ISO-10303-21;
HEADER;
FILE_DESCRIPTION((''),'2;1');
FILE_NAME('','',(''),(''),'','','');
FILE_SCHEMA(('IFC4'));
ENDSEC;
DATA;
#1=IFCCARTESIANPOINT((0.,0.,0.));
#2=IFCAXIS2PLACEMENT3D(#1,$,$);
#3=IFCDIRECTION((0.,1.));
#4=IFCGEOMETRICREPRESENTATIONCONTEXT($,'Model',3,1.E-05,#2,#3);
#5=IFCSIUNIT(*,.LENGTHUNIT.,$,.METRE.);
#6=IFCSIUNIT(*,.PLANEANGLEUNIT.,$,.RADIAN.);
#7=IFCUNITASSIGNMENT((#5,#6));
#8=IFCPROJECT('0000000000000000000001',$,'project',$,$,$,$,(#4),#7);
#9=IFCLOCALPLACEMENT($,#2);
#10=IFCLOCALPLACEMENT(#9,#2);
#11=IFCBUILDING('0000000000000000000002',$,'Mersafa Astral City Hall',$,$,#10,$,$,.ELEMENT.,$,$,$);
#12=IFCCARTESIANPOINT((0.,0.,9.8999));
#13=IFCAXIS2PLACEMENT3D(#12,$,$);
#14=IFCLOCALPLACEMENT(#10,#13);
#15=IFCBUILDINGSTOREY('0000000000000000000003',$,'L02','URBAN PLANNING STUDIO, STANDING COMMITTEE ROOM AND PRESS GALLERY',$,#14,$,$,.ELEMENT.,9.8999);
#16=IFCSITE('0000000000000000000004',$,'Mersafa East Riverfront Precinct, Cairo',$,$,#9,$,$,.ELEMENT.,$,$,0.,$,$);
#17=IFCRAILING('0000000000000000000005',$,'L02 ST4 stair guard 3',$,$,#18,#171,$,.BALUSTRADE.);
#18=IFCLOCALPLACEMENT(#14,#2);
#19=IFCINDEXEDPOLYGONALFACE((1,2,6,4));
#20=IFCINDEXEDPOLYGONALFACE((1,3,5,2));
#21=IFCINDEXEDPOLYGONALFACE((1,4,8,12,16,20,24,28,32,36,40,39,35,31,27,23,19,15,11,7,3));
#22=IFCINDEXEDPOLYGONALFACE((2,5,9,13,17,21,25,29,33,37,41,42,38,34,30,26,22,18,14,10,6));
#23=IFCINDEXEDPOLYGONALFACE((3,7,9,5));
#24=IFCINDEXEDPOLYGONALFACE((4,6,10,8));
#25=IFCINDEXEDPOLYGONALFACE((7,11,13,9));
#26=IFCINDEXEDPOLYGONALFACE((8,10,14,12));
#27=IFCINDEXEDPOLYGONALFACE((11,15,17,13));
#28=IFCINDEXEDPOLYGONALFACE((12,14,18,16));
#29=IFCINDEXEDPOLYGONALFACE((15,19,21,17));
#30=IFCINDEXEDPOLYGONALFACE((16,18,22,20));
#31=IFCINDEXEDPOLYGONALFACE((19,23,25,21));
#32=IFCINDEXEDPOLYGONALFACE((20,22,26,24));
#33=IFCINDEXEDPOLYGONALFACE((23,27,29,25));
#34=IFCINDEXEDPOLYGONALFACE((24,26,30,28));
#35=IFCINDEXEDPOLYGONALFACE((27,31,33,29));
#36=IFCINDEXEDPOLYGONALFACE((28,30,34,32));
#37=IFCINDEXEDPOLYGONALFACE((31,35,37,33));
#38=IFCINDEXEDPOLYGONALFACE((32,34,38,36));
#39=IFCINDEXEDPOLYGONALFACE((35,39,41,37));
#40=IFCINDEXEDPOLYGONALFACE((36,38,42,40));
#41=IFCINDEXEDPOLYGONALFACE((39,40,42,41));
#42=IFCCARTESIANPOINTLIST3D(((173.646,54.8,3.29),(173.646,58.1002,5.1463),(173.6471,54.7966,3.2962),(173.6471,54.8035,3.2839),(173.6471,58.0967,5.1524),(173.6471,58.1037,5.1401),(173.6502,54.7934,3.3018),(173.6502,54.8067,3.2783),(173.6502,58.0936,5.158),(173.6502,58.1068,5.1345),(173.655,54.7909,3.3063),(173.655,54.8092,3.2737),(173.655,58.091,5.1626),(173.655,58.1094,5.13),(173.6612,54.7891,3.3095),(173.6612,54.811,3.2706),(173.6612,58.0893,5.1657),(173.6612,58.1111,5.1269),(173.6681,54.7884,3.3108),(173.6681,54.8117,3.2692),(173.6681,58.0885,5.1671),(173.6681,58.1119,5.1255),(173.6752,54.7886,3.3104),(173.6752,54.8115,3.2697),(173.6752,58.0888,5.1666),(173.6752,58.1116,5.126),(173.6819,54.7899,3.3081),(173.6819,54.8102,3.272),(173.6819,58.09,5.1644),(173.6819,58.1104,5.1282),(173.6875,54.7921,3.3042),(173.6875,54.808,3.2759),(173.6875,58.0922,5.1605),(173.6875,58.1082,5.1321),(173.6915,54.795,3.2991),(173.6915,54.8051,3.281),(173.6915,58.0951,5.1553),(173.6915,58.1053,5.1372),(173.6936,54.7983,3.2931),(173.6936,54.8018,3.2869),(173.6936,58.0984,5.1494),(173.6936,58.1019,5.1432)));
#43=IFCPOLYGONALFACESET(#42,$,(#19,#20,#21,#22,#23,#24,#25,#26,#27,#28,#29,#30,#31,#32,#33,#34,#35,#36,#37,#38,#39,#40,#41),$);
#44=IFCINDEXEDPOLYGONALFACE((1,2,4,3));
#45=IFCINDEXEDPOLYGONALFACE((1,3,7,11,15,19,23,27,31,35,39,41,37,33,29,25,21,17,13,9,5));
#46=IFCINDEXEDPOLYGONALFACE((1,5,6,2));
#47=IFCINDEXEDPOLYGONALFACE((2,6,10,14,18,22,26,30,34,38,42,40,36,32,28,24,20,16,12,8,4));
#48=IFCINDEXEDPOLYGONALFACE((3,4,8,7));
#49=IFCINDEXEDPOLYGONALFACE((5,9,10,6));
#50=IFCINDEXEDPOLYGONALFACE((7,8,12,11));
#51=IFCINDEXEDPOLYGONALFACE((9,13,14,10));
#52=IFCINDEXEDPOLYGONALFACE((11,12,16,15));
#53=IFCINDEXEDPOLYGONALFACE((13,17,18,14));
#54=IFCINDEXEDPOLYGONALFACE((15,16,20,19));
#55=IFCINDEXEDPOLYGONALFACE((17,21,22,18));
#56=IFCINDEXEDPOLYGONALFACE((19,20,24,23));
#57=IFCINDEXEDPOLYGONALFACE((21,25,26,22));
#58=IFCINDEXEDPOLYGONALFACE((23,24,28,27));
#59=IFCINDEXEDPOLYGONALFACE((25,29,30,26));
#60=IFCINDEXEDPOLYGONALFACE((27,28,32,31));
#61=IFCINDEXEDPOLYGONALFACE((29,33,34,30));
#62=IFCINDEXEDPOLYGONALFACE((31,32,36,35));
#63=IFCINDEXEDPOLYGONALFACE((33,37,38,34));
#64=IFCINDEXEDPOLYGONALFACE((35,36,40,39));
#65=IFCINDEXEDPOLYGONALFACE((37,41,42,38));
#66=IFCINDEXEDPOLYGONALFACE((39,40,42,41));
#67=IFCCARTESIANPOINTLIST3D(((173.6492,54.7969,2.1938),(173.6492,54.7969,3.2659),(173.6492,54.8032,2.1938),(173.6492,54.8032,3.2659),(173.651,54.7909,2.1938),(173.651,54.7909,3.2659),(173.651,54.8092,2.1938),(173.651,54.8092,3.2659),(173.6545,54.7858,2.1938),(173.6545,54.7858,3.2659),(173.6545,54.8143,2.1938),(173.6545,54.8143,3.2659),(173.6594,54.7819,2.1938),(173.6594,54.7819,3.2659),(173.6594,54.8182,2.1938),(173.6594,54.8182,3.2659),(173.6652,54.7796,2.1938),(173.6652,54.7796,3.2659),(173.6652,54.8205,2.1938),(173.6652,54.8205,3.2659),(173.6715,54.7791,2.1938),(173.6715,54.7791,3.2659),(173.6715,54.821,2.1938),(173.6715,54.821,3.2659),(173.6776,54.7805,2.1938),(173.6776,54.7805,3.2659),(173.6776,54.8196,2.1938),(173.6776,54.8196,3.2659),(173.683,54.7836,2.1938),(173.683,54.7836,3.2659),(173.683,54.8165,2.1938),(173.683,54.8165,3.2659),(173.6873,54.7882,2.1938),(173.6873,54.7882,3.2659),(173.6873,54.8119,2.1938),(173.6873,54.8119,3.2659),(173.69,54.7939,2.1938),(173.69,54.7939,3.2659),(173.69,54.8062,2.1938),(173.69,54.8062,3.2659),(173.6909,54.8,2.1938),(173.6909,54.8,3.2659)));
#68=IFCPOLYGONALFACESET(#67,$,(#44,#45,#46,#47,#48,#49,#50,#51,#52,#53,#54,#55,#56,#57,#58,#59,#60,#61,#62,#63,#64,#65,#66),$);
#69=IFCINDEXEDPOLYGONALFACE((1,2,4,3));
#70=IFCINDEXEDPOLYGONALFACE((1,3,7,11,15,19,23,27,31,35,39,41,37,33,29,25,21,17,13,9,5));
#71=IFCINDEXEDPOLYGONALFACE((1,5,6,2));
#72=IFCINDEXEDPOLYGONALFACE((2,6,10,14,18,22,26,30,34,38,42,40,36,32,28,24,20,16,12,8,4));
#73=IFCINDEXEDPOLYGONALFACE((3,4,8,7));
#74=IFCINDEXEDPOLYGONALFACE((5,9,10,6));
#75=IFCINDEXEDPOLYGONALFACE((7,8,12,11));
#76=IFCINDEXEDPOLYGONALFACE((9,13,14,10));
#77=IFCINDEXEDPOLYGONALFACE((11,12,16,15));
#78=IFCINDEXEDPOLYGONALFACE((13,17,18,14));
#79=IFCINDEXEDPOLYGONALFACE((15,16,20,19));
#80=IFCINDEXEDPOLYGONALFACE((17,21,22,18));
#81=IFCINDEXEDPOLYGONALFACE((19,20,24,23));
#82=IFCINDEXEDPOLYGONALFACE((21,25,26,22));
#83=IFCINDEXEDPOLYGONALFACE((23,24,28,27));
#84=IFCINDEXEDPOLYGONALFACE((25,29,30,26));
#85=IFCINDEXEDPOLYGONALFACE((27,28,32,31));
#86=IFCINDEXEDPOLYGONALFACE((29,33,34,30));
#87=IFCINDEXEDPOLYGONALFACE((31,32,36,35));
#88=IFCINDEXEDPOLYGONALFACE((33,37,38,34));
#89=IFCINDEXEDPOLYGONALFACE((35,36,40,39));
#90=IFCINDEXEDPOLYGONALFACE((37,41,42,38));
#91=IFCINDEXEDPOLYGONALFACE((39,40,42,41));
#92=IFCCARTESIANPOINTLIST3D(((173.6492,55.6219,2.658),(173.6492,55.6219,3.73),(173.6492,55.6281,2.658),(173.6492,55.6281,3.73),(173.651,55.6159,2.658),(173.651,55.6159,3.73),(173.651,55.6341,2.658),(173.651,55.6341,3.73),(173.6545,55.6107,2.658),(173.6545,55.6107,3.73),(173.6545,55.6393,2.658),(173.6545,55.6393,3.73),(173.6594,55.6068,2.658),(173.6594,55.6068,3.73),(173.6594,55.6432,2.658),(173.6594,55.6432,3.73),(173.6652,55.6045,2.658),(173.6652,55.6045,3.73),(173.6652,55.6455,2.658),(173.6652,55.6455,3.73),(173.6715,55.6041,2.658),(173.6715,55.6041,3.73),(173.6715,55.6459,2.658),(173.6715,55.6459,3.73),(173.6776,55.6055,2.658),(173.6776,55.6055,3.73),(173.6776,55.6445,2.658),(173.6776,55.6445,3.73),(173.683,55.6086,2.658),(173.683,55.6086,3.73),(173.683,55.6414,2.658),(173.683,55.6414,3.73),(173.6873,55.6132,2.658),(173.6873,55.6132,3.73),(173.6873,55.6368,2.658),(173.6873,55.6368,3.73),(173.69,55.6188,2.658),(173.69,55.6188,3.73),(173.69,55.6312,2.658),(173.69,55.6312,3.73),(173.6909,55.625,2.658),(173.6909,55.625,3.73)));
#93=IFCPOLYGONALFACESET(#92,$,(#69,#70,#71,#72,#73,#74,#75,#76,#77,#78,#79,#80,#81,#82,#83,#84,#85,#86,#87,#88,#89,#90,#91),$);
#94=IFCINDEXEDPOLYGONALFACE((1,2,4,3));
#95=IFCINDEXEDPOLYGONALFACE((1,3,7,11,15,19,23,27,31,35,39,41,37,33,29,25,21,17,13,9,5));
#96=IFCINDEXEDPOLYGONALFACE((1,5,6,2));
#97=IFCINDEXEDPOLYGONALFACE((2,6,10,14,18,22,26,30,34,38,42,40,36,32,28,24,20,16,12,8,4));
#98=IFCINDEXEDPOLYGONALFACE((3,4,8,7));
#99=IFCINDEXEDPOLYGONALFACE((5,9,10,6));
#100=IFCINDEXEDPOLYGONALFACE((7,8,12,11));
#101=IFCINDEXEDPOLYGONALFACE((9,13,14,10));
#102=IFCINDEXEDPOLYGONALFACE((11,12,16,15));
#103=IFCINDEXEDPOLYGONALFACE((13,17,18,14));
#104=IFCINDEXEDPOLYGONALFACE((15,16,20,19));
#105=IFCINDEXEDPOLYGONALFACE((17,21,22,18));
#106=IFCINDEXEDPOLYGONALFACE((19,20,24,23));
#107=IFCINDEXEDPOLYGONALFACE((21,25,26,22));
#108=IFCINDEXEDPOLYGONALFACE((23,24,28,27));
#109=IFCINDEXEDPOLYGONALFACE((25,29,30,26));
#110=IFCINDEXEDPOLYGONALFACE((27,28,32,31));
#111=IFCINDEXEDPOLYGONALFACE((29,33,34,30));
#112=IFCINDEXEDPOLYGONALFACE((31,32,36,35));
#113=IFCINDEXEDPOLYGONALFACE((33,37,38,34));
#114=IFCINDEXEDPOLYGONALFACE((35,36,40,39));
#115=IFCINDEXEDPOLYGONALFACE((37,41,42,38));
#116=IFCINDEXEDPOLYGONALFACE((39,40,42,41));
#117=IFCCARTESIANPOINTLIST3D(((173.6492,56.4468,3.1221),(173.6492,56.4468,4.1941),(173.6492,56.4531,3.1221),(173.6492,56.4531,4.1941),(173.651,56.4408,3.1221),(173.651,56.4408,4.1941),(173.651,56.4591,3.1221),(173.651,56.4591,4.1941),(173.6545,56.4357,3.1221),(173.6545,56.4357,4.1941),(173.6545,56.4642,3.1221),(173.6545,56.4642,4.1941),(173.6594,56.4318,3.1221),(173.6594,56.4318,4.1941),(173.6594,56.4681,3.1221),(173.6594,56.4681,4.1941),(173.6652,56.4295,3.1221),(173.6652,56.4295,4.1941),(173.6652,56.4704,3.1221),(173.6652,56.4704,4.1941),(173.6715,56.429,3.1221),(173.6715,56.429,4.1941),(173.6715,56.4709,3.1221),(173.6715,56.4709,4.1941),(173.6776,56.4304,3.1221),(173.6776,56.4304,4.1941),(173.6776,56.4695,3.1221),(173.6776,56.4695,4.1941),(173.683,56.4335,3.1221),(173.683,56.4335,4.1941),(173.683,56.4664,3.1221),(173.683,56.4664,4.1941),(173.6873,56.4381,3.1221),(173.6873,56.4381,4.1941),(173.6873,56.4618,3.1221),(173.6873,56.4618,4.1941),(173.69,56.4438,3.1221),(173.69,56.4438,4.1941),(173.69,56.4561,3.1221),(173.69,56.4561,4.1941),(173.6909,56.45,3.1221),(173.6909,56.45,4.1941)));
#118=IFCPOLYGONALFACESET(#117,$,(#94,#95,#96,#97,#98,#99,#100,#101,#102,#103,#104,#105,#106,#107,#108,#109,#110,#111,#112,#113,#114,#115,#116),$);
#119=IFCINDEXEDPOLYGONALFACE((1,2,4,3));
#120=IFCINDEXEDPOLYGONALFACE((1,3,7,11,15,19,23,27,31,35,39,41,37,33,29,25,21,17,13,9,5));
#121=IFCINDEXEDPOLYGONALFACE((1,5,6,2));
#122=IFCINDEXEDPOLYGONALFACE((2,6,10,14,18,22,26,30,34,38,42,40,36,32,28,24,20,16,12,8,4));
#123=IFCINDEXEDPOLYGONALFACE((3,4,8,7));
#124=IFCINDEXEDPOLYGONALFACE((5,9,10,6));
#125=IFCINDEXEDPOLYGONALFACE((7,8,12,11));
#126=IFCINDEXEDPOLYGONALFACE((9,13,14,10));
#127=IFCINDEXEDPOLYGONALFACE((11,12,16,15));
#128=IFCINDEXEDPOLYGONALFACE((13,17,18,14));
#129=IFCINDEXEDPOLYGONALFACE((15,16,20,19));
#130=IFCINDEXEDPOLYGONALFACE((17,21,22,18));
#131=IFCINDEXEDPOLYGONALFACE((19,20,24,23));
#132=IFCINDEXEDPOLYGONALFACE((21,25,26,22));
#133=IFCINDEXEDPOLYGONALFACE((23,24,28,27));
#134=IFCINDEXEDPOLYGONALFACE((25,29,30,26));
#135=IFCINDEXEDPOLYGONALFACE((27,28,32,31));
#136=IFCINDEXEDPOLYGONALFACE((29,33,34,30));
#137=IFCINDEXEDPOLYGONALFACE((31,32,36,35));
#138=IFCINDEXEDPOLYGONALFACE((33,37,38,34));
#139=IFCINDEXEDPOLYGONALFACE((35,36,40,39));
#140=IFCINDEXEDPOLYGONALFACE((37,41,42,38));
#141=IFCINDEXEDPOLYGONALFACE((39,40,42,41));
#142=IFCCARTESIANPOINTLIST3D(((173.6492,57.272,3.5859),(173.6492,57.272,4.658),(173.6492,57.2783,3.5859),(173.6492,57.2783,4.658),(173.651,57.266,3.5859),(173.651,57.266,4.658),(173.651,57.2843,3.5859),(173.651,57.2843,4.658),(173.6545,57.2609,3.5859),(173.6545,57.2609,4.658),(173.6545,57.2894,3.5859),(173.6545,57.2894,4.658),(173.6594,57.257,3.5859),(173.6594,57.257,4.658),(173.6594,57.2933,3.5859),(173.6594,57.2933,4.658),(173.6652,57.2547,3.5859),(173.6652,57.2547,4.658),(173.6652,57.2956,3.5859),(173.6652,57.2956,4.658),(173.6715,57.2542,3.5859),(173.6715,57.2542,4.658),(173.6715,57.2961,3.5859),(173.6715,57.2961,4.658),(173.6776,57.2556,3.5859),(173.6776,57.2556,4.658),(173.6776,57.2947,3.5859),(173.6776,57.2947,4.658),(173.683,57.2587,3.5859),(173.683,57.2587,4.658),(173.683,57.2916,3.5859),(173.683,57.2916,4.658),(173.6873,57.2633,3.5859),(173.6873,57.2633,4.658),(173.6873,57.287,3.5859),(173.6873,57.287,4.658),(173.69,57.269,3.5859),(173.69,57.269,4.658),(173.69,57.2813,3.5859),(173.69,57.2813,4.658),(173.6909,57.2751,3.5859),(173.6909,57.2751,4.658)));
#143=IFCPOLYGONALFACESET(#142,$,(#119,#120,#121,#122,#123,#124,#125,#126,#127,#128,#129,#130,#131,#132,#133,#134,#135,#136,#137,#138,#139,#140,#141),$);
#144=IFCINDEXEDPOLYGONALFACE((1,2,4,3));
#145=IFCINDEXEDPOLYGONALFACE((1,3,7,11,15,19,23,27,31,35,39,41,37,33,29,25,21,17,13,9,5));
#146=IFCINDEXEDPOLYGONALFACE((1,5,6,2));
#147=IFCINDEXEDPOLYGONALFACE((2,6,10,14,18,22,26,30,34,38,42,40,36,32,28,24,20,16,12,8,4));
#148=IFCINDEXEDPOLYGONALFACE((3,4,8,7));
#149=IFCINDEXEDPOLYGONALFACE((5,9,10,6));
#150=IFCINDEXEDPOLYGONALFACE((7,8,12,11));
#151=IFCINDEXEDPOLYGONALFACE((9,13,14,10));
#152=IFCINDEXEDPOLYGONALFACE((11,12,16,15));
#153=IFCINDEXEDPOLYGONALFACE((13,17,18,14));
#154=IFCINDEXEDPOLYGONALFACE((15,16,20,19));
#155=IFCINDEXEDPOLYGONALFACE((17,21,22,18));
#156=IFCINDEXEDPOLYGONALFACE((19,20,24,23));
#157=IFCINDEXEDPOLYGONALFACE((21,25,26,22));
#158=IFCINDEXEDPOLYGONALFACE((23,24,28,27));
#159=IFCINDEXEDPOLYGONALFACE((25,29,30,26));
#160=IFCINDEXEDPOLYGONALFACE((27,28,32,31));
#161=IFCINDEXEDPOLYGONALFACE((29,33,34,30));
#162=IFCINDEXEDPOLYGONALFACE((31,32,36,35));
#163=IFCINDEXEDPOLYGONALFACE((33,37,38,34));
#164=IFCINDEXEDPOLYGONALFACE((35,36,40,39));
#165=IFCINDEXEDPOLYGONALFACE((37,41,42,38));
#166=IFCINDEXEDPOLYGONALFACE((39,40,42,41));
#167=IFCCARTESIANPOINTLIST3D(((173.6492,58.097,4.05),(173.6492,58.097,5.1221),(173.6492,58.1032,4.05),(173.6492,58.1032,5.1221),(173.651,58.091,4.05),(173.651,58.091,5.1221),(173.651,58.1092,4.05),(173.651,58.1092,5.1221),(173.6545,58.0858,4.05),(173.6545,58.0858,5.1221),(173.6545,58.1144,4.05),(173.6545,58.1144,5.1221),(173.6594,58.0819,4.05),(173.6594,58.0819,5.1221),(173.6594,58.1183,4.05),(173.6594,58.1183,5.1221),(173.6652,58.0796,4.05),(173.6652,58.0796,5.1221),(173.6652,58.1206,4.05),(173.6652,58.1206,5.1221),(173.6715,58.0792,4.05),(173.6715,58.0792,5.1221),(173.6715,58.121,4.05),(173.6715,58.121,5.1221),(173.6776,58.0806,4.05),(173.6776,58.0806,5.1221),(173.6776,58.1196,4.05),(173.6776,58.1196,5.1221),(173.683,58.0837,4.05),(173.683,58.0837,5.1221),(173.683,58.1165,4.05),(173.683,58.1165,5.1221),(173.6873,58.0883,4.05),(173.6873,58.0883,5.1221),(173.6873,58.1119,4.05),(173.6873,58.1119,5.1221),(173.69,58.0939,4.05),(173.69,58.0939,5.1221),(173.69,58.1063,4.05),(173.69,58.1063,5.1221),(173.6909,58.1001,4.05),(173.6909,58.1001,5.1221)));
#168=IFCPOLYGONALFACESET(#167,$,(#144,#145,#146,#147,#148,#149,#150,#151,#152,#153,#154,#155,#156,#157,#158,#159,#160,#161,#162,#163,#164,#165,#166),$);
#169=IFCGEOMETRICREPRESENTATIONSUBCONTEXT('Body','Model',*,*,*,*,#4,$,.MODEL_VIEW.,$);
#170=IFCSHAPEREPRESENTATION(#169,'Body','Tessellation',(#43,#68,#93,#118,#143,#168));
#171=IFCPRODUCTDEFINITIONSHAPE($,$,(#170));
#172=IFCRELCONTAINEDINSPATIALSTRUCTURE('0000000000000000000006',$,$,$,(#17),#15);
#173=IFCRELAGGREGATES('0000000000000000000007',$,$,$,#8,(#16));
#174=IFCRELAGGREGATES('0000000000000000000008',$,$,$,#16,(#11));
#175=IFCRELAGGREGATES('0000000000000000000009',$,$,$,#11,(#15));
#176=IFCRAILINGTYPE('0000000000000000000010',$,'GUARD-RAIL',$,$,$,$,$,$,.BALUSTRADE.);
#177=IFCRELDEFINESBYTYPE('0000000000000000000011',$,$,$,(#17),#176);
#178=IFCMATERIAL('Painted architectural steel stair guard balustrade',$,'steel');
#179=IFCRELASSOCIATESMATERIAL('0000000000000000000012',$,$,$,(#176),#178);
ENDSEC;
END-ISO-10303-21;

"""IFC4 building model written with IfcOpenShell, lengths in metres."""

from ifc_helpers import new_model, si_unit, direction, frame, origin, origin_2d, place, context, subcontext, project, spatial, circle, extrude, material, type_object, element, save


model = new_model("IFC4")

# Units and contexts
model_context = context("Model", 3, precision=1e-05, world=origin(), true_north=direction((0.0, 1.0)))
body_context = subcontext(model_context, "Body", "Model", "MODEL_VIEW")
ifc_project = project(units=[si_unit("LENGTHUNIT", "METRE"), si_unit("PLANEANGLEUNIT", "RADIAN")], contexts=[model_context])

# Site, building, storey
site_placement = place(None, origin())
site = spatial("IfcSite", under=ifc_project, at=site_placement, Name="Mersafa East Riverfront Precinct, Cairo", CompositionType="ELEMENT", RefElevation=0.0)
building_placement = place(site_placement, origin())
building = spatial("IfcBuilding", under=site, at=building_placement, Name="Mersafa Astral City Hall", CompositionType="ELEMENT")
storey_placement = place(building_placement, frame((0.0, 0.0, 9.8999)))
storey = spatial("IfcBuildingStorey", under=building, at=storey_placement, Name="L02", Description="URBAN PLANNING STUDIO, STANDING COMMITTEE ROOM AND PRESS GALLERY", CompositionType="ELEMENT", Elevation=9.8999)

# Railing
ifc_material_1 = material(Name="Painted architectural steel stair guard balustrade", Category="steel")
railing_type_1 = type_object("IfcRailingType", Name="GUARD-RAIL", PredefinedType="BALUSTRADE", material=ifc_material_1)
railing_1_placement = place(storey_placement, frame((173.6699, 54.8, 2.1938)))
element("IfcRailing", 1, at=railing_1_placement, inside=storey, type_object=railing_type_1, Name="L02 ST4 stair guard 3", PredefinedType="BALUSTRADE", context=body_context, shape_type="SweptSolid", body=[
    extrude(circle(Radius=0.0239, at=origin_2d()), frame((0.0, 0.0, 1.0962), z_axis=(0.0, 0.871584, 0.490246), x_axis=(-1.0, 0.0, 0.0)), (0.0, 0.0, 1.0), 3.7864),
    extrude(circle(Radius=0.021, at=origin_2d()), origin(), (0.0, 0.0, 1.0), 1.072),
    extrude(circle(Radius=0.021, at=origin_2d()), frame((0.0, 0.825, 0.4641)), (0.0, 0.0, 1.0), 1.072),
    extrude(circle(Radius=0.021, at=origin_2d()), frame((0.0, 1.6499, 0.9282)), (0.0, 0.0, 1.0), 1.072),
    extrude(circle(Radius=0.021, at=origin_2d()), frame((0.0, 2.4751, 1.3921)), (0.0, 0.0, 1.0), 1.072),
    extrude(circle(Radius=0.021, at=origin_2d()), frame((0.0, 3.3, 1.8562)), (0.0, 0.0, 1.0), 1.072),
])

save(model, "model.ifc")
